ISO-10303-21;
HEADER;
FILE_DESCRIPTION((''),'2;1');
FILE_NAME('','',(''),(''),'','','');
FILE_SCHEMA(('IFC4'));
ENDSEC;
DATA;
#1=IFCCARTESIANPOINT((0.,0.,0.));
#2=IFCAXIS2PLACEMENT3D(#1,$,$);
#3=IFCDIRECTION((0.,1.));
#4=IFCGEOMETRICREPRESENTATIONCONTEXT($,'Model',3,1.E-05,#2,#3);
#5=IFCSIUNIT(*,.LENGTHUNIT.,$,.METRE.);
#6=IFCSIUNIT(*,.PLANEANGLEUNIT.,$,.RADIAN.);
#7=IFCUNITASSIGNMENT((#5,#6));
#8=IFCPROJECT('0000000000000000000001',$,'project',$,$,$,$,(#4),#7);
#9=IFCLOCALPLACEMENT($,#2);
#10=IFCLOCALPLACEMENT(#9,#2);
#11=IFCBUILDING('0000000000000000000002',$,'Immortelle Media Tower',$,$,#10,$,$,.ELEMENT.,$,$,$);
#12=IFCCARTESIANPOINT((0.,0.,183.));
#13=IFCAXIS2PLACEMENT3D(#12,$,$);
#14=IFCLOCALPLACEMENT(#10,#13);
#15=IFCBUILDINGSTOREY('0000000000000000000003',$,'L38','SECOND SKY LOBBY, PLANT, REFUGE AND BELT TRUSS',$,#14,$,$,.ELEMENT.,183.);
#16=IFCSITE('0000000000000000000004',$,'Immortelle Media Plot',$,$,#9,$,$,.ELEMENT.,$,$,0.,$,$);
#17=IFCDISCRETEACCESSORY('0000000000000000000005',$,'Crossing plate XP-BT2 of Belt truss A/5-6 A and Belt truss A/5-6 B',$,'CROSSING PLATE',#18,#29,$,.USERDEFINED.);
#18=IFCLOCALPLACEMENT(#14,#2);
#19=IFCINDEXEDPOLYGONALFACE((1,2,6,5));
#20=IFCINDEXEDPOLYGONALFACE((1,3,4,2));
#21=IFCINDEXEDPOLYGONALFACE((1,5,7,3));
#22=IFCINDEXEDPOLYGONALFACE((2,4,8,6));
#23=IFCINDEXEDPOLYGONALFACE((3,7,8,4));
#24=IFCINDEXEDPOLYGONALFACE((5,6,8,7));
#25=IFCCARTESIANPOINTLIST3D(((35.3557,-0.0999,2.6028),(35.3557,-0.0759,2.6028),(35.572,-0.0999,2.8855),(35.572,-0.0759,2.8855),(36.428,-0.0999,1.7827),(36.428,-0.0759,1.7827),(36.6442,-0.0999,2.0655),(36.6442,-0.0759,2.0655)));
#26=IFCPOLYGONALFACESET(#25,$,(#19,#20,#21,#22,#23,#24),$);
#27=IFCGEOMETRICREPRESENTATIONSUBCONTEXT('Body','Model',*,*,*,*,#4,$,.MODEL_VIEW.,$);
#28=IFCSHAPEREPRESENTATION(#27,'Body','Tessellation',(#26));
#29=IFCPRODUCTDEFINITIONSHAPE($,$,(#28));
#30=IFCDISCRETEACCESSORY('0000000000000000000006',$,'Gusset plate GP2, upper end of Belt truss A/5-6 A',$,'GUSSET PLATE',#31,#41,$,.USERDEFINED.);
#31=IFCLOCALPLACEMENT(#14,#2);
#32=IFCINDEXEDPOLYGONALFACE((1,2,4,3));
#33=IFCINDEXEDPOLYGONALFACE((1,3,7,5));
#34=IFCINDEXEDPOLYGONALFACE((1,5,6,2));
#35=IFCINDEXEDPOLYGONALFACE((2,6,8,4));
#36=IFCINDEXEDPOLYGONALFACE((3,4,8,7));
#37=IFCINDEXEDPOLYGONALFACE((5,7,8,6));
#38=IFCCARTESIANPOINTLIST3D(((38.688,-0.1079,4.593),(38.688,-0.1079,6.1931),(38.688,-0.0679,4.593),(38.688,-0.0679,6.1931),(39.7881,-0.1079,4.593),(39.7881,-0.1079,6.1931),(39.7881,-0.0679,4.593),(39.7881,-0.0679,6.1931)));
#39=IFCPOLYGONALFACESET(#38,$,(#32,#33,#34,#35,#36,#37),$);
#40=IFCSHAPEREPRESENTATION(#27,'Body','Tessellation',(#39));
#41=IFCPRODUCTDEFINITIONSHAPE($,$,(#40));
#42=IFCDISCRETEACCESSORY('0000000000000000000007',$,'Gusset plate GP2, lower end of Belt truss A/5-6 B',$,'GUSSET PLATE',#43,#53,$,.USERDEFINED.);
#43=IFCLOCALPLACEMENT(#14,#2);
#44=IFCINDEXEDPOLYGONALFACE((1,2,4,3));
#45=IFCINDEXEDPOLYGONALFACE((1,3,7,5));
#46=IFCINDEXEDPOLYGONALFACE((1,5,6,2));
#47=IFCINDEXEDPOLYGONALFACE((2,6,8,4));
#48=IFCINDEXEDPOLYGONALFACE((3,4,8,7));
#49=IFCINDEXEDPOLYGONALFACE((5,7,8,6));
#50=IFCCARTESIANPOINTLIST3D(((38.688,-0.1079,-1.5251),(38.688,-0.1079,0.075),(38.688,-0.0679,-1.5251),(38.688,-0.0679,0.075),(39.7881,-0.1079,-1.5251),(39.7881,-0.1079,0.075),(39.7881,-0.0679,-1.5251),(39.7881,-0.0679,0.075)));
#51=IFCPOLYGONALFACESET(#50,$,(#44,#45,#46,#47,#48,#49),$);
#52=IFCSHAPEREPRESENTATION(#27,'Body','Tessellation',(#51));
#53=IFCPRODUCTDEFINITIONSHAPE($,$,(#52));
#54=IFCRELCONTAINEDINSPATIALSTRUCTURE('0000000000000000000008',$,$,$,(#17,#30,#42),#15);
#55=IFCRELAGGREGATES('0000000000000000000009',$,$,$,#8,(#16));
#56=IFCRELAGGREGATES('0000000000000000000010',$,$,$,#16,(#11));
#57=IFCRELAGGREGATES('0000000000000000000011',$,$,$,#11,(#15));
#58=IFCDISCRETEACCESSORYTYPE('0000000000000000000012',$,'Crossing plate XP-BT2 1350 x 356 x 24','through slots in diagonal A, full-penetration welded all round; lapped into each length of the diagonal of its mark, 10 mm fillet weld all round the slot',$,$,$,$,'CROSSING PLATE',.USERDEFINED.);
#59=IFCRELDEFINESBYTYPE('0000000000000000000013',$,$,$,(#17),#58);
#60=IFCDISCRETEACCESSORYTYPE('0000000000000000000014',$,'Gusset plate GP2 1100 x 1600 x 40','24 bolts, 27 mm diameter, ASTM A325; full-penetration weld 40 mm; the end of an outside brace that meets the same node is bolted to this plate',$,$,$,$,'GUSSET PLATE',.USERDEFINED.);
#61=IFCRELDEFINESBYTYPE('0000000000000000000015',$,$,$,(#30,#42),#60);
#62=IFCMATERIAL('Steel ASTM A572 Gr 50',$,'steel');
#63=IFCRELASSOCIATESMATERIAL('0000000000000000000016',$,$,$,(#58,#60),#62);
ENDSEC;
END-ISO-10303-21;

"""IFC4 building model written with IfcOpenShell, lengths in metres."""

from ifc_helpers import new_model, si_unit, direction, frame, origin, origin_2d, place, context, subcontext, project, spatial, rectangle, extrude, material, material_profile, profile_set, type_object, element, save


model = new_model("IFC4")

# Units and contexts
model_context = context("Model", 3, precision=1e-05, world=origin(), true_north=direction((0.0, 1.0)))
body_context = subcontext(model_context, "Body", "Model", "MODEL_VIEW")
ifc_project = project(units=[si_unit("LENGTHUNIT", "METRE"), si_unit("PLANEANGLEUNIT", "RADIAN")], contexts=[model_context])

# Site, building, storey
site_placement = place(None, origin())
site = spatial("IfcSite", under=ifc_project, at=site_placement, Name="Immortelle Media Plot", CompositionType="ELEMENT", RefElevation=0.0)
building_placement = place(site_placement, origin())
building = spatial("IfcBuilding", under=site, at=building_placement, Name="Immortelle Media Tower", CompositionType="ELEMENT")
storey_placement = place(building_placement, frame((0.0, 0.0, 183.0)))
storey = spatial("IfcBuildingStorey", under=building, at=storey_placement, Name="L38", Description="SECOND SKY LOBBY, PLANT, REFUGE AND BELT TRUSS", CompositionType="ELEMENT", Elevation=183.0)

# Discrete accessories
ifc_material_1 = material(Name="Steel ASTM A572 Gr 50", Category="steel")
ifc_material_profile_1 = material_profile(ifc_material_1, rectangle(XDim=0.0239, YDim=0.356, at=origin_2d()), Name="PL 24 x 356")
ifc_profile_set_1 = profile_set([ifc_material_profile_1], Name="Steel ASTM A572 Gr 50")
discrete_accessory_type_1 = type_object("IfcDiscreteAccessoryType", Name="Crossing plate XP-BT2 1350 x 356 x 24", Description="through slots in diagonal A, full-penetration welded all round; lapped into each length of the diagonal of its mark, 10 mm fillet weld all round the slot", ElementType="CROSSING PLATE", PredefinedType="USERDEFINED", material=ifc_profile_set_1)
discrete_accessory_placement = place(storey_placement, frame((35.4639, -0.0879, 2.7441), z_axis=(0.794322, 0.0, -0.607497), x_axis=(0.0, 1.0, 0.0)))
element("IfcDiscreteAccessory", 1, at=discrete_accessory_placement, inside=storey, type_object=discrete_accessory_type_1, Name="Crossing plate XP-BT2 of Belt truss A/5-6 A and Belt truss A/5-6 B", ObjectType="CROSSING PLATE", PredefinedType="USERDEFINED", context=body_context, shape_type="SweptSolid", body=[
    extrude(rectangle(XDim=0.0239, YDim=0.356, at=origin_2d()), origin(), (0.0, 0.0, 1.0), 1.3499),
])
ifc_material_profile_2 = material_profile(ifc_material_1, rectangle(XDim=0.04, YDim=1.6001, at=origin_2d()), Name="PL 40 x 1600")
ifc_profile_set_2 = profile_set([ifc_material_profile_2], Name="Steel ASTM A572 Gr 50")
discrete_accessory_type_2 = type_object("IfcDiscreteAccessoryType", Name="Gusset plate GP2 1100 x 1600 x 40", Description="24 bolts, 27 mm diameter, ASTM A325; full-penetration weld 40 mm; the end of an outside brace that meets the same node is bolted to this plate", ElementType="GUSSET PLATE", PredefinedType="USERDEFINED", material=ifc_profile_set_2)
for number, where, z_axis, x_axis, name in (
    (2, (39.7881, -0.0879, 5.3931), (-1.0, 0.0, 0.0), (0.0, -1.0, 0.0), "Gusset plate GP2, upper end of Belt truss A/5-6 A"),
    (3, (39.7881, -0.0879, -0.7251), (-1.0, 0.0, 0.0), (0.0, -1.0, 0.0), "Gusset plate GP2, lower end of Belt truss A/5-6 B"),
):
    element("IfcDiscreteAccessory", number, at=place(storey_placement, frame(where, z_axis=z_axis, x_axis=x_axis)), inside=storey, type_object=discrete_accessory_type_2, Name=name, ObjectType="GUSSET PLATE", PredefinedType="USERDEFINED", context=body_context, shape_type="SweptSolid", body=[
        extrude(rectangle(XDim=0.04, YDim=1.6001, at=origin_2d()), origin(), (0.0, 0.0, 1.0), 1.1001),
    ])

save(model, "model.ifc")
